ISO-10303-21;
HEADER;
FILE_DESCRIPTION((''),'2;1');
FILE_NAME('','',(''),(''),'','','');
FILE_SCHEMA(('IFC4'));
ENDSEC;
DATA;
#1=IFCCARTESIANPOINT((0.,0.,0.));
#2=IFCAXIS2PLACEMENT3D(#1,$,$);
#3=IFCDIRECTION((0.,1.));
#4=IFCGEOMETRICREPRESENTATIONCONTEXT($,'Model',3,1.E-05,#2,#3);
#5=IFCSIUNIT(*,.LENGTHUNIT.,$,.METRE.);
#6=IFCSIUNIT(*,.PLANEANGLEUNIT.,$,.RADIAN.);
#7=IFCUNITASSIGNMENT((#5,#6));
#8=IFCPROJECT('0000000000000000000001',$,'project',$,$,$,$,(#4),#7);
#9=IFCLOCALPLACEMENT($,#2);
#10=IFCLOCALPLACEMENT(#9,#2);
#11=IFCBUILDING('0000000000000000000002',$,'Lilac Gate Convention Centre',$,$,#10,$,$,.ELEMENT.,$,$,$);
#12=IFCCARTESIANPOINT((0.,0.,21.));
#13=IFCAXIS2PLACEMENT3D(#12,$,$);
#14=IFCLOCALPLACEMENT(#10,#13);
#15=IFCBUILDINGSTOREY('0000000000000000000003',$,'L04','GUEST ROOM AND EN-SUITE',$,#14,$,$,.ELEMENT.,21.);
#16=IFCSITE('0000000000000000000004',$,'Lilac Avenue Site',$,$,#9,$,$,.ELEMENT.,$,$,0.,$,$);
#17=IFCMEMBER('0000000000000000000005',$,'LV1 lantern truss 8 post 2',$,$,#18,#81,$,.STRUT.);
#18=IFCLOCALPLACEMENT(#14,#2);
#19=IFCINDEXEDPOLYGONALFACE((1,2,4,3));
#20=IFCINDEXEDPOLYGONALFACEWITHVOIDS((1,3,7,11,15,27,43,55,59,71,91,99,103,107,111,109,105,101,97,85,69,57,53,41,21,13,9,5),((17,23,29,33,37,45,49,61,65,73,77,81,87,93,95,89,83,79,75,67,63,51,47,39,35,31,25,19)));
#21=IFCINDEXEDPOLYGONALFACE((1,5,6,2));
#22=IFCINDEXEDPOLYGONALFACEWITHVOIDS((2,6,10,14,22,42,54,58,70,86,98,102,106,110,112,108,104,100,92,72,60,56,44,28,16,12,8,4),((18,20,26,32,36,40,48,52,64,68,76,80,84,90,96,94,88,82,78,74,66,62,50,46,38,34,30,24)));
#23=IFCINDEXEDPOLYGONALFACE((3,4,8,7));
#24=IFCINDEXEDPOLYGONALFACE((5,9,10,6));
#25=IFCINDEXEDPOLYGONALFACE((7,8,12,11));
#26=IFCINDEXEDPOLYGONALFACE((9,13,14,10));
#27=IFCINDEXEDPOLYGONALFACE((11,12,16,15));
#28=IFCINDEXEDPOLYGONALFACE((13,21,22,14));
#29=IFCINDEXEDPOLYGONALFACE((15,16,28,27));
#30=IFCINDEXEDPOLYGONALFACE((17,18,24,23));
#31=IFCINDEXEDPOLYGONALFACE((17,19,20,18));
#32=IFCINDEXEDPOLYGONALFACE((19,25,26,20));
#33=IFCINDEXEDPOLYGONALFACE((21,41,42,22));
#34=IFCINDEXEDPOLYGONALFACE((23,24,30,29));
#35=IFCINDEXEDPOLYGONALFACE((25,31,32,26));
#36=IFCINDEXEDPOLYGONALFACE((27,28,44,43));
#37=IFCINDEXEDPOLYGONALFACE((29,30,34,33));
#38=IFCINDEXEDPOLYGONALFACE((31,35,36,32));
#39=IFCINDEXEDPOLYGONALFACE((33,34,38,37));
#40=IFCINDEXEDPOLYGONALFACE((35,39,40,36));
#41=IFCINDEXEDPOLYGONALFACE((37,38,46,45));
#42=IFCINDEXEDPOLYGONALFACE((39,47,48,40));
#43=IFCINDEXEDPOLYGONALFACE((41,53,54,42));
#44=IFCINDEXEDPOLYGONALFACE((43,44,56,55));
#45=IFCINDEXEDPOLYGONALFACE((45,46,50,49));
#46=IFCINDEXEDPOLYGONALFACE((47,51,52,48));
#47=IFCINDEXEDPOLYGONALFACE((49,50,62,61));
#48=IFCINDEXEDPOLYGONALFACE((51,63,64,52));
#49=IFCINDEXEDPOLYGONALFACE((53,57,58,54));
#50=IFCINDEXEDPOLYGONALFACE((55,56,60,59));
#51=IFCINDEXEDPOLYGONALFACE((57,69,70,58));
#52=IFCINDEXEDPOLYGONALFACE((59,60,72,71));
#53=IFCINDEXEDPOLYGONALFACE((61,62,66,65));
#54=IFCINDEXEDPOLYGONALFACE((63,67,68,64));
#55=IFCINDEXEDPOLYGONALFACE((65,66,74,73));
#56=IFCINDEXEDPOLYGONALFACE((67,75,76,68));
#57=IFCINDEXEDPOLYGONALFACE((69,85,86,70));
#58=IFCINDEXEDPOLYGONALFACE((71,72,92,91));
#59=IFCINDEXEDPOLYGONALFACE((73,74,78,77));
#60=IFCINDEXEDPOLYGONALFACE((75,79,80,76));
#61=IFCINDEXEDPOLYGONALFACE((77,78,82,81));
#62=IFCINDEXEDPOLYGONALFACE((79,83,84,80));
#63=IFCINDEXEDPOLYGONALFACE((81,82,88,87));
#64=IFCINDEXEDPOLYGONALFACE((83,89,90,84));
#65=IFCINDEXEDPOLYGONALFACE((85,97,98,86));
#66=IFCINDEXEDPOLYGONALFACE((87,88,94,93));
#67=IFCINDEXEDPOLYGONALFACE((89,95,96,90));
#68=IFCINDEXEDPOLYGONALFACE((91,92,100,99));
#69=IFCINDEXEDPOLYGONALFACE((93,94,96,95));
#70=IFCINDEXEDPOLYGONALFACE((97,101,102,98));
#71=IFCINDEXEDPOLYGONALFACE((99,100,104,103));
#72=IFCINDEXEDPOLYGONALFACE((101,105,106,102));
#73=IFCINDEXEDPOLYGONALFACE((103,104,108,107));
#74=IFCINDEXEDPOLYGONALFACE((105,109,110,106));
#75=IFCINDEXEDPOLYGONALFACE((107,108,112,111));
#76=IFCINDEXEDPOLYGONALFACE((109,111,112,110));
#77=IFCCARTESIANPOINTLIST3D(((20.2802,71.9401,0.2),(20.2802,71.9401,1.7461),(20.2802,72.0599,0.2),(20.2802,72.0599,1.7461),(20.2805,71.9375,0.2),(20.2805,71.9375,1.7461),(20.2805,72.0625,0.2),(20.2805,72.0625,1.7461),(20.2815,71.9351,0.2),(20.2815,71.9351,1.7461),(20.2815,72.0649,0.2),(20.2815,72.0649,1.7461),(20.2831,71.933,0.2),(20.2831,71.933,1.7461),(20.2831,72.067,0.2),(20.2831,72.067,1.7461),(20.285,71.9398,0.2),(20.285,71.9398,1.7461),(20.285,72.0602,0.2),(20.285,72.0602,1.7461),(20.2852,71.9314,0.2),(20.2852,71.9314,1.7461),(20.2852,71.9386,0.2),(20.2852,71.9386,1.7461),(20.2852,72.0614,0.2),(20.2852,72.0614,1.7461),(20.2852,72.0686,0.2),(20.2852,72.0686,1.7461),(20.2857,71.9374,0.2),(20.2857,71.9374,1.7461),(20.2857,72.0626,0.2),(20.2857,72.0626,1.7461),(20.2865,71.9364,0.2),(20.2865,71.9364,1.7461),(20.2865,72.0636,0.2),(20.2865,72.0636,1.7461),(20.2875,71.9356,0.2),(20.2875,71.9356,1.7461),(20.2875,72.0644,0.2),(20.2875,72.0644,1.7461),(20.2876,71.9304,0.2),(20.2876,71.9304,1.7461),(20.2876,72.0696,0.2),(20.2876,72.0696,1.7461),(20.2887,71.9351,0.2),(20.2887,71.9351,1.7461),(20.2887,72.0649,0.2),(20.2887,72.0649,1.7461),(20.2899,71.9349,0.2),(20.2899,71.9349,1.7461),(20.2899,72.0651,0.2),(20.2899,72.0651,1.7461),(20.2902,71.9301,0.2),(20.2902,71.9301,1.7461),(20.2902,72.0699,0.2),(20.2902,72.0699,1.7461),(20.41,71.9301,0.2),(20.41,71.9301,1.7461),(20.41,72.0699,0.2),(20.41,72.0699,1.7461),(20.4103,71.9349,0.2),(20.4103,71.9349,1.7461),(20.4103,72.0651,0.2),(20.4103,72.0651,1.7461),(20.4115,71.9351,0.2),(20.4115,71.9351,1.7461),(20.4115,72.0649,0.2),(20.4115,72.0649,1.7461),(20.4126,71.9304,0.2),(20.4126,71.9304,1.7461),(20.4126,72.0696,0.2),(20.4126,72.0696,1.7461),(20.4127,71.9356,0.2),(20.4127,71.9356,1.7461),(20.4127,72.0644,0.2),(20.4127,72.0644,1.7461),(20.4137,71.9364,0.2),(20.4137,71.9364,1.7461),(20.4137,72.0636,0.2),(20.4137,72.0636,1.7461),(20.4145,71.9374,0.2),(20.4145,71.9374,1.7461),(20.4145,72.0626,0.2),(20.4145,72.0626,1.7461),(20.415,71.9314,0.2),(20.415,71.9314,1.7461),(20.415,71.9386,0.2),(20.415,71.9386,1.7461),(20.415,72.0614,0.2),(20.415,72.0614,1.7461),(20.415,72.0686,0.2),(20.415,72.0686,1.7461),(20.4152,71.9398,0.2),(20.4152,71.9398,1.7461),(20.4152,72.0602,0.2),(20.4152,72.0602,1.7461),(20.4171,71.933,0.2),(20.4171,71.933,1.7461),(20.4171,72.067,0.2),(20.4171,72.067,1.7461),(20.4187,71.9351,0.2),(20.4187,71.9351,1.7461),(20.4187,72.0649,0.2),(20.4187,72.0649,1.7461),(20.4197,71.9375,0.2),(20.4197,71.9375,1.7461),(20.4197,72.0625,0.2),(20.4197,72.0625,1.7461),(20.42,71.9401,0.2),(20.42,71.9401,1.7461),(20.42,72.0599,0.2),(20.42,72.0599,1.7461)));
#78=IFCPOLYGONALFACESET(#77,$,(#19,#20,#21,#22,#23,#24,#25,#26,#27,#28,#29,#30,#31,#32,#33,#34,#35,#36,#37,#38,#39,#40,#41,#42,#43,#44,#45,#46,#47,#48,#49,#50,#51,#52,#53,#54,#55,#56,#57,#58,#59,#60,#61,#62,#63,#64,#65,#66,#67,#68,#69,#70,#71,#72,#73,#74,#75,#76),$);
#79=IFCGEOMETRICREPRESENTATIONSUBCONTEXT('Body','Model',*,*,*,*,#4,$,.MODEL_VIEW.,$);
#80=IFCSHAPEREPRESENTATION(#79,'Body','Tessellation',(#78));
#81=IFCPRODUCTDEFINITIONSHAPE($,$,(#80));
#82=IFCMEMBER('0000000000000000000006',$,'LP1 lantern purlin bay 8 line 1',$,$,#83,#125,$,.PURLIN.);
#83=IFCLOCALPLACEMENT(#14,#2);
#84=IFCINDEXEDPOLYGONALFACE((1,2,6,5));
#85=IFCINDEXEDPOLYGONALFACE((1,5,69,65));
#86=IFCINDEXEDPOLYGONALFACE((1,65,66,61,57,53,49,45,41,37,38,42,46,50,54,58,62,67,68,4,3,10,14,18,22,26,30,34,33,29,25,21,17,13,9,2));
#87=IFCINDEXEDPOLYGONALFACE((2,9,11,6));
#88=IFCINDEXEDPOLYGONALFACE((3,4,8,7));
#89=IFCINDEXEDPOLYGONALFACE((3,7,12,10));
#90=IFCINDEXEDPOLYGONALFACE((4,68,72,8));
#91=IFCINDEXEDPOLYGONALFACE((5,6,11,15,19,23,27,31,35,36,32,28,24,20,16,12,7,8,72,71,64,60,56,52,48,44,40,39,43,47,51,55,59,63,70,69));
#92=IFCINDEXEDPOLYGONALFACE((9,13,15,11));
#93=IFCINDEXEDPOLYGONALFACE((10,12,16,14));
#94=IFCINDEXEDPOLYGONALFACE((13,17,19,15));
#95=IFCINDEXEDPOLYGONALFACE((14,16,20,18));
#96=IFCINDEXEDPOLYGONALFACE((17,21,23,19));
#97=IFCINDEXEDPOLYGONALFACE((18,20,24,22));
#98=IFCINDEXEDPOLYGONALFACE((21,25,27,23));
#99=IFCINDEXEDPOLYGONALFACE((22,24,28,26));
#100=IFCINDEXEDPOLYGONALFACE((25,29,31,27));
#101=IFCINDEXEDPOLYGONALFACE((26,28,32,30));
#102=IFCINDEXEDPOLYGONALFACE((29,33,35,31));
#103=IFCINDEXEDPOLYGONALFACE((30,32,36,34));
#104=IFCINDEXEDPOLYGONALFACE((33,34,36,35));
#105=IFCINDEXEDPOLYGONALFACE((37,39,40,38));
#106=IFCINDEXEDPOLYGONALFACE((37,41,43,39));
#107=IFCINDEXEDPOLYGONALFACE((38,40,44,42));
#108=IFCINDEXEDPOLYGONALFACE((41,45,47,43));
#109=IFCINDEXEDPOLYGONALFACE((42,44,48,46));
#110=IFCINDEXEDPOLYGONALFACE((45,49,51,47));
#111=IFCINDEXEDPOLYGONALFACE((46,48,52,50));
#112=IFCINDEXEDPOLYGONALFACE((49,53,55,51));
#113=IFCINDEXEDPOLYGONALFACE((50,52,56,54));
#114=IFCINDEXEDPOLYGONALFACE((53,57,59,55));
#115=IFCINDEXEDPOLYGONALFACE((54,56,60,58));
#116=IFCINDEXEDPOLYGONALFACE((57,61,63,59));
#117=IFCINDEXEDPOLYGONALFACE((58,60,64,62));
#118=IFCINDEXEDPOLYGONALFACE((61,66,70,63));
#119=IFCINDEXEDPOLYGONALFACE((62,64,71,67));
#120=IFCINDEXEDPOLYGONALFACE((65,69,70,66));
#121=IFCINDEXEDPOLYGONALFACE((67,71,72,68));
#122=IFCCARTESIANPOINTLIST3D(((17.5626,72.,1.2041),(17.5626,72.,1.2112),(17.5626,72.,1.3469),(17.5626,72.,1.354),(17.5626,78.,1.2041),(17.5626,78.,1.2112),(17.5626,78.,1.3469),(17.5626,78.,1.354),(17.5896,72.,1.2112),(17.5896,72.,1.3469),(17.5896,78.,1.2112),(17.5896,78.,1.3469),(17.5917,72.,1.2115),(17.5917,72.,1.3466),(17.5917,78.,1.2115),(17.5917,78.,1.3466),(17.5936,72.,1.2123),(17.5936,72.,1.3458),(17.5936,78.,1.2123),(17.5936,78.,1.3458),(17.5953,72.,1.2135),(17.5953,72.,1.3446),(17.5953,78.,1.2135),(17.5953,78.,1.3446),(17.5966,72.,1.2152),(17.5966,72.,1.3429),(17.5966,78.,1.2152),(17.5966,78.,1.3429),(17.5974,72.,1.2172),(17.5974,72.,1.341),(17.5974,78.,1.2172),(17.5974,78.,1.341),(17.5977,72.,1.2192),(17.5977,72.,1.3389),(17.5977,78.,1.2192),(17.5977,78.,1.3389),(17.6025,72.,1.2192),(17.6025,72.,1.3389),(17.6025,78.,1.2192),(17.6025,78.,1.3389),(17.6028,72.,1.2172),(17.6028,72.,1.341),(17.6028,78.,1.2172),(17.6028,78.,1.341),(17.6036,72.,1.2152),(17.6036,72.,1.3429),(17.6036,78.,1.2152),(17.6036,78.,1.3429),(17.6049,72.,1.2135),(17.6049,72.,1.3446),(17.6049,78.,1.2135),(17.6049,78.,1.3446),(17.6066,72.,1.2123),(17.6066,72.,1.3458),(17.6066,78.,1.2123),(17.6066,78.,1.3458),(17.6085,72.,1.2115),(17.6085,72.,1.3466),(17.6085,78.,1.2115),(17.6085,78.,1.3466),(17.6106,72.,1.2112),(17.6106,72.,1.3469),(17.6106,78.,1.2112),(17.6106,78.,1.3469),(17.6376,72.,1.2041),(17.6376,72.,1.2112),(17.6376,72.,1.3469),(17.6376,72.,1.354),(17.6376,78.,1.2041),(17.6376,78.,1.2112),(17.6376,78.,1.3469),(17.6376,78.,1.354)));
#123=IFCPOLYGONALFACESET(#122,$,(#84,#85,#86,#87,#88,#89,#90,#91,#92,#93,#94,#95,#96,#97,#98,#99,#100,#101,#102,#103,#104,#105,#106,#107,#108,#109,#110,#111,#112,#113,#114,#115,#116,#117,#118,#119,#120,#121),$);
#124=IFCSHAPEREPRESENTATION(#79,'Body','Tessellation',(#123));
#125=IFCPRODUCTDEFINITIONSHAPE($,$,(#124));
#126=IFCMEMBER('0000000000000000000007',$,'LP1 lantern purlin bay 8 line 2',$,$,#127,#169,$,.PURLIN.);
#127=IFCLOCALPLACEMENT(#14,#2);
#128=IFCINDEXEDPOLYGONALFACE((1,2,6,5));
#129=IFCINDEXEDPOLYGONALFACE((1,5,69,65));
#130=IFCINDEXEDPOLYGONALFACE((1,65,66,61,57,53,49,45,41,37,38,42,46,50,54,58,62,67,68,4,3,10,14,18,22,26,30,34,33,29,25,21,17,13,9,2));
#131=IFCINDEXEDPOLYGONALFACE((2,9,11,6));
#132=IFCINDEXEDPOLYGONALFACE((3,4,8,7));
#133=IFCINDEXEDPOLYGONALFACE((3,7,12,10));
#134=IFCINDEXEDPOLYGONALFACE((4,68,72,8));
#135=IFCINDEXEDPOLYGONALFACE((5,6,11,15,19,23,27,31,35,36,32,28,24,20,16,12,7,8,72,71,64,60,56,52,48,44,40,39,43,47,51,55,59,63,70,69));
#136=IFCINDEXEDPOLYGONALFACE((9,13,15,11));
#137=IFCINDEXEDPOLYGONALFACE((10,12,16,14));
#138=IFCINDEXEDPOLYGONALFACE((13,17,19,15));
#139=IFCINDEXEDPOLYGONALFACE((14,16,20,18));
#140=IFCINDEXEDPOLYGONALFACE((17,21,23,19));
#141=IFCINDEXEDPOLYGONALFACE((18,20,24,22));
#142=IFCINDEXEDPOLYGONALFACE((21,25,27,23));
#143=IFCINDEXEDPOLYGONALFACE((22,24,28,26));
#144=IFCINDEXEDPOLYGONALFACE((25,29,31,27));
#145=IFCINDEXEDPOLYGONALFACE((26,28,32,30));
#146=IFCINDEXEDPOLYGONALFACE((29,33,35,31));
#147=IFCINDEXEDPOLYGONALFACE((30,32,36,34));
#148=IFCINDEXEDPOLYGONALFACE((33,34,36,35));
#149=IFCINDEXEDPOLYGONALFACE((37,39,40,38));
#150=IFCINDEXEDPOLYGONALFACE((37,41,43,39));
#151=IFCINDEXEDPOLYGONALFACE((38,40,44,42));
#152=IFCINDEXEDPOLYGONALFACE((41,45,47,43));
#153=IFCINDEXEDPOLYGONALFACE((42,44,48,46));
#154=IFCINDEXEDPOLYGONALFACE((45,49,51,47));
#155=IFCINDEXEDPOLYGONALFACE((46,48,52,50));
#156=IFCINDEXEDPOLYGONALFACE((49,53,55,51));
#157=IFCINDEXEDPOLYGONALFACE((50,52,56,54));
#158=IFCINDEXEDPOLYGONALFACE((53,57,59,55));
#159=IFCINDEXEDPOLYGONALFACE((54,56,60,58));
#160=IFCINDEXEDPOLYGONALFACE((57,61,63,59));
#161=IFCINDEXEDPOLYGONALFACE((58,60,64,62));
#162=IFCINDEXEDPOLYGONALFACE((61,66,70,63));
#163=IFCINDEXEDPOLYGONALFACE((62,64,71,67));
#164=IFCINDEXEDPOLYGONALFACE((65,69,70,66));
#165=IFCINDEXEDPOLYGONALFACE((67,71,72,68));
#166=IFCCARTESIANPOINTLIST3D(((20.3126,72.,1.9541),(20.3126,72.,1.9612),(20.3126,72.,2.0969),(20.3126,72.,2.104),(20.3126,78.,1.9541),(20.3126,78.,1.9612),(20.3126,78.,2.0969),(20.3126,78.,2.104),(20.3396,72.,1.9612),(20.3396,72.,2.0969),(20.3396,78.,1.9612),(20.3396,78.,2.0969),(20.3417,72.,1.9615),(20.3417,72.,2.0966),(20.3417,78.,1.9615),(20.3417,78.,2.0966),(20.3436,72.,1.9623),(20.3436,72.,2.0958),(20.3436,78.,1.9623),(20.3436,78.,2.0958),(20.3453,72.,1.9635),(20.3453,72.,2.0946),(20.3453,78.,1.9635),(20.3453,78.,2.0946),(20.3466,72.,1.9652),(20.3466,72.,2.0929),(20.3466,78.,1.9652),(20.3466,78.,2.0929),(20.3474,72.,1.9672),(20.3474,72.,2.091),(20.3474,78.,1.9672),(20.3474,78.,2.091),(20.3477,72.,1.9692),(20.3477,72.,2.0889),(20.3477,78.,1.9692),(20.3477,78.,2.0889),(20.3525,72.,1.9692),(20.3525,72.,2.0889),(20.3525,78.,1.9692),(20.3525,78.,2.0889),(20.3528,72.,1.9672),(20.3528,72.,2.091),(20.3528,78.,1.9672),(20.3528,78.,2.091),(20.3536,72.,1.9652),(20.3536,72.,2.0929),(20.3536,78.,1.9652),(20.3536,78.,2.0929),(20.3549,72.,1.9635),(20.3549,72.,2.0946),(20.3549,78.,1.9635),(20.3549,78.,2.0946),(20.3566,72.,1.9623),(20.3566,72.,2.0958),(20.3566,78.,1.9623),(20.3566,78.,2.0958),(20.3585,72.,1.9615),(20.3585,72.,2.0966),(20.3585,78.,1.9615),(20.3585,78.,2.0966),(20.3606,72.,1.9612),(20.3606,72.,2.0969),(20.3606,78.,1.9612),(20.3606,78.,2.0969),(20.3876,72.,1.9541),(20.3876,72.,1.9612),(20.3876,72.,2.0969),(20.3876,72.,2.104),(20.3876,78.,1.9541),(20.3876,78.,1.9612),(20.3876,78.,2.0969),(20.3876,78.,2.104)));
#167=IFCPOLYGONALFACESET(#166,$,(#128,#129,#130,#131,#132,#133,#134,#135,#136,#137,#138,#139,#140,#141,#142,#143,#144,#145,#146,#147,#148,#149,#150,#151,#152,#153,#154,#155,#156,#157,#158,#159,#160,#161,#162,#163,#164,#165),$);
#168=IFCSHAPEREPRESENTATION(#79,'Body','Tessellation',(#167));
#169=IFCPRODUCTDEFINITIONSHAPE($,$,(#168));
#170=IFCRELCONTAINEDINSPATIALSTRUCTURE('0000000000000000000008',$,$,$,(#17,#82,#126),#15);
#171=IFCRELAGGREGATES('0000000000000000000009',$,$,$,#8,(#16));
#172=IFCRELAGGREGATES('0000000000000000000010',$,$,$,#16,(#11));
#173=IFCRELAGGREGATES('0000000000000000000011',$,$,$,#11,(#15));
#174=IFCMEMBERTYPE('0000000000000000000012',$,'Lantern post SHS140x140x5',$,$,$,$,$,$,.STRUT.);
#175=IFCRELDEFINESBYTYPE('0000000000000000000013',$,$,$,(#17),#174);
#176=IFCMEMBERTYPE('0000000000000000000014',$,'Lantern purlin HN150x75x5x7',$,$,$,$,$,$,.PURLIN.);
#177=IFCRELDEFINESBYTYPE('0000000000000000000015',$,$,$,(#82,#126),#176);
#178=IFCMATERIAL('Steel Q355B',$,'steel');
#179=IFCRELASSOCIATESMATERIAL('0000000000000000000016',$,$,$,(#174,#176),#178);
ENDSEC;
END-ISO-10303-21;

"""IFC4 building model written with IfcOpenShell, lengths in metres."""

from ifc_helpers import new_model, si_unit, direction, frame, origin, origin_2d, place, context, subcontext, project, spatial, hollow_rectangle, i_section, extrude, material, material_profile, profile_set, type_object, element, save


model = new_model("IFC4")

# Units and contexts
model_context = context("Model", 3, precision=1e-05, world=origin(), true_north=direction((0.0, 1.0)))
body_context = subcontext(model_context, "Body", "Model", "MODEL_VIEW")
ifc_project = project(units=[si_unit("LENGTHUNIT", "METRE"), si_unit("PLANEANGLEUNIT", "RADIAN")], contexts=[model_context])

# Site, building, storey
site_placement = place(None, origin())
site = spatial("IfcSite", under=ifc_project, at=site_placement, Name="Lilac Avenue Site", CompositionType="ELEMENT", RefElevation=0.0)
building_placement = place(site_placement, origin())
building = spatial("IfcBuilding", under=site, at=building_placement, Name="Lilac Gate Convention Centre", CompositionType="ELEMENT")
storey_placement = place(building_placement, frame((0.0, 0.0, 21.0)))
storey = spatial("IfcBuildingStorey", under=building, at=storey_placement, Name="L04", Description="GUEST ROOM AND EN-SUITE", CompositionType="ELEMENT", Elevation=21.0)

# Members
ifc_material_1 = material(Name="Steel Q355B", Category="steel")
ifc_material_profile_1 = material_profile(ifc_material_1, hollow_rectangle(XDim=0.1399, YDim=0.1399, WallThickness=0.0049, InnerFilletRadius=0.0049, OuterFilletRadius=0.01, at=origin_2d()), Name="SHS140x140x5")
ifc_profile_set_1 = profile_set([ifc_material_profile_1], Name="Steel Q355B")
member_type_1 = type_object("IfcMemberType", Name="Lantern post SHS140x140x5", PredefinedType="STRUT", material=ifc_profile_set_1)
member_1_placement = place(storey_placement, frame((20.3501, 72.0, 0.2), z_axis=(0.0, 0.0, 1.0), x_axis=(1.0, 0.0, 0.0)))
element("IfcMember", 1, at=member_1_placement, inside=storey, type_object=member_type_1, Name="LV1 lantern truss 8 post 2", PredefinedType="STRUT", context=body_context, shape_type="SweptSolid", body=[
    extrude(hollow_rectangle(XDim=0.1399, YDim=0.1399, WallThickness=0.0049, InnerFilletRadius=0.0049, OuterFilletRadius=0.01, at=origin_2d()), origin(), (0.0, 0.0, 1.0), 1.5461),
])
ifc_material_profile_2 = material_profile(ifc_material_1, i_section(OverallWidth=0.075, OverallDepth=0.1499, WebThickness=0.0049, FlangeThickness=0.0071, FilletRadius=0.0081, at=origin_2d()), Name="HN150x75x5x7")
ifc_profile_set_2 = profile_set([ifc_material_profile_2], Name="Steel Q355B")
member_type_2 = type_object("IfcMemberType", Name="Lantern purlin HN150x75x5x7", PredefinedType="PURLIN", material=ifc_profile_set_2)
for number, where, z_axis, x_axis, name in (
    (2, (17.6001, 72.0, 1.2791), (0.0, 1.0, 0.0), (-1.0, 0.0, 0.0), "LP1 lantern purlin bay 8 line 1"),
    (3, (20.3501, 72.0, 2.0291), (0.0, 1.0, 0.0), (-1.0, 0.0, 0.0), "LP1 lantern purlin bay 8 line 2"),
):
    element("IfcMember", number, at=place(storey_placement, frame(where, z_axis=z_axis, x_axis=x_axis)), inside=storey, type_object=member_type_2, Name=name, PredefinedType="PURLIN", context=body_context, shape_type="SweptSolid", body=[
        extrude(i_section(OverallWidth=0.075, OverallDepth=0.1499, WebThickness=0.0049, FlangeThickness=0.0071, FilletRadius=0.0081, at=origin_2d()), origin(), (0.0, 0.0, 1.0), 6.0),
    ])

save(model, "model.ifc")
